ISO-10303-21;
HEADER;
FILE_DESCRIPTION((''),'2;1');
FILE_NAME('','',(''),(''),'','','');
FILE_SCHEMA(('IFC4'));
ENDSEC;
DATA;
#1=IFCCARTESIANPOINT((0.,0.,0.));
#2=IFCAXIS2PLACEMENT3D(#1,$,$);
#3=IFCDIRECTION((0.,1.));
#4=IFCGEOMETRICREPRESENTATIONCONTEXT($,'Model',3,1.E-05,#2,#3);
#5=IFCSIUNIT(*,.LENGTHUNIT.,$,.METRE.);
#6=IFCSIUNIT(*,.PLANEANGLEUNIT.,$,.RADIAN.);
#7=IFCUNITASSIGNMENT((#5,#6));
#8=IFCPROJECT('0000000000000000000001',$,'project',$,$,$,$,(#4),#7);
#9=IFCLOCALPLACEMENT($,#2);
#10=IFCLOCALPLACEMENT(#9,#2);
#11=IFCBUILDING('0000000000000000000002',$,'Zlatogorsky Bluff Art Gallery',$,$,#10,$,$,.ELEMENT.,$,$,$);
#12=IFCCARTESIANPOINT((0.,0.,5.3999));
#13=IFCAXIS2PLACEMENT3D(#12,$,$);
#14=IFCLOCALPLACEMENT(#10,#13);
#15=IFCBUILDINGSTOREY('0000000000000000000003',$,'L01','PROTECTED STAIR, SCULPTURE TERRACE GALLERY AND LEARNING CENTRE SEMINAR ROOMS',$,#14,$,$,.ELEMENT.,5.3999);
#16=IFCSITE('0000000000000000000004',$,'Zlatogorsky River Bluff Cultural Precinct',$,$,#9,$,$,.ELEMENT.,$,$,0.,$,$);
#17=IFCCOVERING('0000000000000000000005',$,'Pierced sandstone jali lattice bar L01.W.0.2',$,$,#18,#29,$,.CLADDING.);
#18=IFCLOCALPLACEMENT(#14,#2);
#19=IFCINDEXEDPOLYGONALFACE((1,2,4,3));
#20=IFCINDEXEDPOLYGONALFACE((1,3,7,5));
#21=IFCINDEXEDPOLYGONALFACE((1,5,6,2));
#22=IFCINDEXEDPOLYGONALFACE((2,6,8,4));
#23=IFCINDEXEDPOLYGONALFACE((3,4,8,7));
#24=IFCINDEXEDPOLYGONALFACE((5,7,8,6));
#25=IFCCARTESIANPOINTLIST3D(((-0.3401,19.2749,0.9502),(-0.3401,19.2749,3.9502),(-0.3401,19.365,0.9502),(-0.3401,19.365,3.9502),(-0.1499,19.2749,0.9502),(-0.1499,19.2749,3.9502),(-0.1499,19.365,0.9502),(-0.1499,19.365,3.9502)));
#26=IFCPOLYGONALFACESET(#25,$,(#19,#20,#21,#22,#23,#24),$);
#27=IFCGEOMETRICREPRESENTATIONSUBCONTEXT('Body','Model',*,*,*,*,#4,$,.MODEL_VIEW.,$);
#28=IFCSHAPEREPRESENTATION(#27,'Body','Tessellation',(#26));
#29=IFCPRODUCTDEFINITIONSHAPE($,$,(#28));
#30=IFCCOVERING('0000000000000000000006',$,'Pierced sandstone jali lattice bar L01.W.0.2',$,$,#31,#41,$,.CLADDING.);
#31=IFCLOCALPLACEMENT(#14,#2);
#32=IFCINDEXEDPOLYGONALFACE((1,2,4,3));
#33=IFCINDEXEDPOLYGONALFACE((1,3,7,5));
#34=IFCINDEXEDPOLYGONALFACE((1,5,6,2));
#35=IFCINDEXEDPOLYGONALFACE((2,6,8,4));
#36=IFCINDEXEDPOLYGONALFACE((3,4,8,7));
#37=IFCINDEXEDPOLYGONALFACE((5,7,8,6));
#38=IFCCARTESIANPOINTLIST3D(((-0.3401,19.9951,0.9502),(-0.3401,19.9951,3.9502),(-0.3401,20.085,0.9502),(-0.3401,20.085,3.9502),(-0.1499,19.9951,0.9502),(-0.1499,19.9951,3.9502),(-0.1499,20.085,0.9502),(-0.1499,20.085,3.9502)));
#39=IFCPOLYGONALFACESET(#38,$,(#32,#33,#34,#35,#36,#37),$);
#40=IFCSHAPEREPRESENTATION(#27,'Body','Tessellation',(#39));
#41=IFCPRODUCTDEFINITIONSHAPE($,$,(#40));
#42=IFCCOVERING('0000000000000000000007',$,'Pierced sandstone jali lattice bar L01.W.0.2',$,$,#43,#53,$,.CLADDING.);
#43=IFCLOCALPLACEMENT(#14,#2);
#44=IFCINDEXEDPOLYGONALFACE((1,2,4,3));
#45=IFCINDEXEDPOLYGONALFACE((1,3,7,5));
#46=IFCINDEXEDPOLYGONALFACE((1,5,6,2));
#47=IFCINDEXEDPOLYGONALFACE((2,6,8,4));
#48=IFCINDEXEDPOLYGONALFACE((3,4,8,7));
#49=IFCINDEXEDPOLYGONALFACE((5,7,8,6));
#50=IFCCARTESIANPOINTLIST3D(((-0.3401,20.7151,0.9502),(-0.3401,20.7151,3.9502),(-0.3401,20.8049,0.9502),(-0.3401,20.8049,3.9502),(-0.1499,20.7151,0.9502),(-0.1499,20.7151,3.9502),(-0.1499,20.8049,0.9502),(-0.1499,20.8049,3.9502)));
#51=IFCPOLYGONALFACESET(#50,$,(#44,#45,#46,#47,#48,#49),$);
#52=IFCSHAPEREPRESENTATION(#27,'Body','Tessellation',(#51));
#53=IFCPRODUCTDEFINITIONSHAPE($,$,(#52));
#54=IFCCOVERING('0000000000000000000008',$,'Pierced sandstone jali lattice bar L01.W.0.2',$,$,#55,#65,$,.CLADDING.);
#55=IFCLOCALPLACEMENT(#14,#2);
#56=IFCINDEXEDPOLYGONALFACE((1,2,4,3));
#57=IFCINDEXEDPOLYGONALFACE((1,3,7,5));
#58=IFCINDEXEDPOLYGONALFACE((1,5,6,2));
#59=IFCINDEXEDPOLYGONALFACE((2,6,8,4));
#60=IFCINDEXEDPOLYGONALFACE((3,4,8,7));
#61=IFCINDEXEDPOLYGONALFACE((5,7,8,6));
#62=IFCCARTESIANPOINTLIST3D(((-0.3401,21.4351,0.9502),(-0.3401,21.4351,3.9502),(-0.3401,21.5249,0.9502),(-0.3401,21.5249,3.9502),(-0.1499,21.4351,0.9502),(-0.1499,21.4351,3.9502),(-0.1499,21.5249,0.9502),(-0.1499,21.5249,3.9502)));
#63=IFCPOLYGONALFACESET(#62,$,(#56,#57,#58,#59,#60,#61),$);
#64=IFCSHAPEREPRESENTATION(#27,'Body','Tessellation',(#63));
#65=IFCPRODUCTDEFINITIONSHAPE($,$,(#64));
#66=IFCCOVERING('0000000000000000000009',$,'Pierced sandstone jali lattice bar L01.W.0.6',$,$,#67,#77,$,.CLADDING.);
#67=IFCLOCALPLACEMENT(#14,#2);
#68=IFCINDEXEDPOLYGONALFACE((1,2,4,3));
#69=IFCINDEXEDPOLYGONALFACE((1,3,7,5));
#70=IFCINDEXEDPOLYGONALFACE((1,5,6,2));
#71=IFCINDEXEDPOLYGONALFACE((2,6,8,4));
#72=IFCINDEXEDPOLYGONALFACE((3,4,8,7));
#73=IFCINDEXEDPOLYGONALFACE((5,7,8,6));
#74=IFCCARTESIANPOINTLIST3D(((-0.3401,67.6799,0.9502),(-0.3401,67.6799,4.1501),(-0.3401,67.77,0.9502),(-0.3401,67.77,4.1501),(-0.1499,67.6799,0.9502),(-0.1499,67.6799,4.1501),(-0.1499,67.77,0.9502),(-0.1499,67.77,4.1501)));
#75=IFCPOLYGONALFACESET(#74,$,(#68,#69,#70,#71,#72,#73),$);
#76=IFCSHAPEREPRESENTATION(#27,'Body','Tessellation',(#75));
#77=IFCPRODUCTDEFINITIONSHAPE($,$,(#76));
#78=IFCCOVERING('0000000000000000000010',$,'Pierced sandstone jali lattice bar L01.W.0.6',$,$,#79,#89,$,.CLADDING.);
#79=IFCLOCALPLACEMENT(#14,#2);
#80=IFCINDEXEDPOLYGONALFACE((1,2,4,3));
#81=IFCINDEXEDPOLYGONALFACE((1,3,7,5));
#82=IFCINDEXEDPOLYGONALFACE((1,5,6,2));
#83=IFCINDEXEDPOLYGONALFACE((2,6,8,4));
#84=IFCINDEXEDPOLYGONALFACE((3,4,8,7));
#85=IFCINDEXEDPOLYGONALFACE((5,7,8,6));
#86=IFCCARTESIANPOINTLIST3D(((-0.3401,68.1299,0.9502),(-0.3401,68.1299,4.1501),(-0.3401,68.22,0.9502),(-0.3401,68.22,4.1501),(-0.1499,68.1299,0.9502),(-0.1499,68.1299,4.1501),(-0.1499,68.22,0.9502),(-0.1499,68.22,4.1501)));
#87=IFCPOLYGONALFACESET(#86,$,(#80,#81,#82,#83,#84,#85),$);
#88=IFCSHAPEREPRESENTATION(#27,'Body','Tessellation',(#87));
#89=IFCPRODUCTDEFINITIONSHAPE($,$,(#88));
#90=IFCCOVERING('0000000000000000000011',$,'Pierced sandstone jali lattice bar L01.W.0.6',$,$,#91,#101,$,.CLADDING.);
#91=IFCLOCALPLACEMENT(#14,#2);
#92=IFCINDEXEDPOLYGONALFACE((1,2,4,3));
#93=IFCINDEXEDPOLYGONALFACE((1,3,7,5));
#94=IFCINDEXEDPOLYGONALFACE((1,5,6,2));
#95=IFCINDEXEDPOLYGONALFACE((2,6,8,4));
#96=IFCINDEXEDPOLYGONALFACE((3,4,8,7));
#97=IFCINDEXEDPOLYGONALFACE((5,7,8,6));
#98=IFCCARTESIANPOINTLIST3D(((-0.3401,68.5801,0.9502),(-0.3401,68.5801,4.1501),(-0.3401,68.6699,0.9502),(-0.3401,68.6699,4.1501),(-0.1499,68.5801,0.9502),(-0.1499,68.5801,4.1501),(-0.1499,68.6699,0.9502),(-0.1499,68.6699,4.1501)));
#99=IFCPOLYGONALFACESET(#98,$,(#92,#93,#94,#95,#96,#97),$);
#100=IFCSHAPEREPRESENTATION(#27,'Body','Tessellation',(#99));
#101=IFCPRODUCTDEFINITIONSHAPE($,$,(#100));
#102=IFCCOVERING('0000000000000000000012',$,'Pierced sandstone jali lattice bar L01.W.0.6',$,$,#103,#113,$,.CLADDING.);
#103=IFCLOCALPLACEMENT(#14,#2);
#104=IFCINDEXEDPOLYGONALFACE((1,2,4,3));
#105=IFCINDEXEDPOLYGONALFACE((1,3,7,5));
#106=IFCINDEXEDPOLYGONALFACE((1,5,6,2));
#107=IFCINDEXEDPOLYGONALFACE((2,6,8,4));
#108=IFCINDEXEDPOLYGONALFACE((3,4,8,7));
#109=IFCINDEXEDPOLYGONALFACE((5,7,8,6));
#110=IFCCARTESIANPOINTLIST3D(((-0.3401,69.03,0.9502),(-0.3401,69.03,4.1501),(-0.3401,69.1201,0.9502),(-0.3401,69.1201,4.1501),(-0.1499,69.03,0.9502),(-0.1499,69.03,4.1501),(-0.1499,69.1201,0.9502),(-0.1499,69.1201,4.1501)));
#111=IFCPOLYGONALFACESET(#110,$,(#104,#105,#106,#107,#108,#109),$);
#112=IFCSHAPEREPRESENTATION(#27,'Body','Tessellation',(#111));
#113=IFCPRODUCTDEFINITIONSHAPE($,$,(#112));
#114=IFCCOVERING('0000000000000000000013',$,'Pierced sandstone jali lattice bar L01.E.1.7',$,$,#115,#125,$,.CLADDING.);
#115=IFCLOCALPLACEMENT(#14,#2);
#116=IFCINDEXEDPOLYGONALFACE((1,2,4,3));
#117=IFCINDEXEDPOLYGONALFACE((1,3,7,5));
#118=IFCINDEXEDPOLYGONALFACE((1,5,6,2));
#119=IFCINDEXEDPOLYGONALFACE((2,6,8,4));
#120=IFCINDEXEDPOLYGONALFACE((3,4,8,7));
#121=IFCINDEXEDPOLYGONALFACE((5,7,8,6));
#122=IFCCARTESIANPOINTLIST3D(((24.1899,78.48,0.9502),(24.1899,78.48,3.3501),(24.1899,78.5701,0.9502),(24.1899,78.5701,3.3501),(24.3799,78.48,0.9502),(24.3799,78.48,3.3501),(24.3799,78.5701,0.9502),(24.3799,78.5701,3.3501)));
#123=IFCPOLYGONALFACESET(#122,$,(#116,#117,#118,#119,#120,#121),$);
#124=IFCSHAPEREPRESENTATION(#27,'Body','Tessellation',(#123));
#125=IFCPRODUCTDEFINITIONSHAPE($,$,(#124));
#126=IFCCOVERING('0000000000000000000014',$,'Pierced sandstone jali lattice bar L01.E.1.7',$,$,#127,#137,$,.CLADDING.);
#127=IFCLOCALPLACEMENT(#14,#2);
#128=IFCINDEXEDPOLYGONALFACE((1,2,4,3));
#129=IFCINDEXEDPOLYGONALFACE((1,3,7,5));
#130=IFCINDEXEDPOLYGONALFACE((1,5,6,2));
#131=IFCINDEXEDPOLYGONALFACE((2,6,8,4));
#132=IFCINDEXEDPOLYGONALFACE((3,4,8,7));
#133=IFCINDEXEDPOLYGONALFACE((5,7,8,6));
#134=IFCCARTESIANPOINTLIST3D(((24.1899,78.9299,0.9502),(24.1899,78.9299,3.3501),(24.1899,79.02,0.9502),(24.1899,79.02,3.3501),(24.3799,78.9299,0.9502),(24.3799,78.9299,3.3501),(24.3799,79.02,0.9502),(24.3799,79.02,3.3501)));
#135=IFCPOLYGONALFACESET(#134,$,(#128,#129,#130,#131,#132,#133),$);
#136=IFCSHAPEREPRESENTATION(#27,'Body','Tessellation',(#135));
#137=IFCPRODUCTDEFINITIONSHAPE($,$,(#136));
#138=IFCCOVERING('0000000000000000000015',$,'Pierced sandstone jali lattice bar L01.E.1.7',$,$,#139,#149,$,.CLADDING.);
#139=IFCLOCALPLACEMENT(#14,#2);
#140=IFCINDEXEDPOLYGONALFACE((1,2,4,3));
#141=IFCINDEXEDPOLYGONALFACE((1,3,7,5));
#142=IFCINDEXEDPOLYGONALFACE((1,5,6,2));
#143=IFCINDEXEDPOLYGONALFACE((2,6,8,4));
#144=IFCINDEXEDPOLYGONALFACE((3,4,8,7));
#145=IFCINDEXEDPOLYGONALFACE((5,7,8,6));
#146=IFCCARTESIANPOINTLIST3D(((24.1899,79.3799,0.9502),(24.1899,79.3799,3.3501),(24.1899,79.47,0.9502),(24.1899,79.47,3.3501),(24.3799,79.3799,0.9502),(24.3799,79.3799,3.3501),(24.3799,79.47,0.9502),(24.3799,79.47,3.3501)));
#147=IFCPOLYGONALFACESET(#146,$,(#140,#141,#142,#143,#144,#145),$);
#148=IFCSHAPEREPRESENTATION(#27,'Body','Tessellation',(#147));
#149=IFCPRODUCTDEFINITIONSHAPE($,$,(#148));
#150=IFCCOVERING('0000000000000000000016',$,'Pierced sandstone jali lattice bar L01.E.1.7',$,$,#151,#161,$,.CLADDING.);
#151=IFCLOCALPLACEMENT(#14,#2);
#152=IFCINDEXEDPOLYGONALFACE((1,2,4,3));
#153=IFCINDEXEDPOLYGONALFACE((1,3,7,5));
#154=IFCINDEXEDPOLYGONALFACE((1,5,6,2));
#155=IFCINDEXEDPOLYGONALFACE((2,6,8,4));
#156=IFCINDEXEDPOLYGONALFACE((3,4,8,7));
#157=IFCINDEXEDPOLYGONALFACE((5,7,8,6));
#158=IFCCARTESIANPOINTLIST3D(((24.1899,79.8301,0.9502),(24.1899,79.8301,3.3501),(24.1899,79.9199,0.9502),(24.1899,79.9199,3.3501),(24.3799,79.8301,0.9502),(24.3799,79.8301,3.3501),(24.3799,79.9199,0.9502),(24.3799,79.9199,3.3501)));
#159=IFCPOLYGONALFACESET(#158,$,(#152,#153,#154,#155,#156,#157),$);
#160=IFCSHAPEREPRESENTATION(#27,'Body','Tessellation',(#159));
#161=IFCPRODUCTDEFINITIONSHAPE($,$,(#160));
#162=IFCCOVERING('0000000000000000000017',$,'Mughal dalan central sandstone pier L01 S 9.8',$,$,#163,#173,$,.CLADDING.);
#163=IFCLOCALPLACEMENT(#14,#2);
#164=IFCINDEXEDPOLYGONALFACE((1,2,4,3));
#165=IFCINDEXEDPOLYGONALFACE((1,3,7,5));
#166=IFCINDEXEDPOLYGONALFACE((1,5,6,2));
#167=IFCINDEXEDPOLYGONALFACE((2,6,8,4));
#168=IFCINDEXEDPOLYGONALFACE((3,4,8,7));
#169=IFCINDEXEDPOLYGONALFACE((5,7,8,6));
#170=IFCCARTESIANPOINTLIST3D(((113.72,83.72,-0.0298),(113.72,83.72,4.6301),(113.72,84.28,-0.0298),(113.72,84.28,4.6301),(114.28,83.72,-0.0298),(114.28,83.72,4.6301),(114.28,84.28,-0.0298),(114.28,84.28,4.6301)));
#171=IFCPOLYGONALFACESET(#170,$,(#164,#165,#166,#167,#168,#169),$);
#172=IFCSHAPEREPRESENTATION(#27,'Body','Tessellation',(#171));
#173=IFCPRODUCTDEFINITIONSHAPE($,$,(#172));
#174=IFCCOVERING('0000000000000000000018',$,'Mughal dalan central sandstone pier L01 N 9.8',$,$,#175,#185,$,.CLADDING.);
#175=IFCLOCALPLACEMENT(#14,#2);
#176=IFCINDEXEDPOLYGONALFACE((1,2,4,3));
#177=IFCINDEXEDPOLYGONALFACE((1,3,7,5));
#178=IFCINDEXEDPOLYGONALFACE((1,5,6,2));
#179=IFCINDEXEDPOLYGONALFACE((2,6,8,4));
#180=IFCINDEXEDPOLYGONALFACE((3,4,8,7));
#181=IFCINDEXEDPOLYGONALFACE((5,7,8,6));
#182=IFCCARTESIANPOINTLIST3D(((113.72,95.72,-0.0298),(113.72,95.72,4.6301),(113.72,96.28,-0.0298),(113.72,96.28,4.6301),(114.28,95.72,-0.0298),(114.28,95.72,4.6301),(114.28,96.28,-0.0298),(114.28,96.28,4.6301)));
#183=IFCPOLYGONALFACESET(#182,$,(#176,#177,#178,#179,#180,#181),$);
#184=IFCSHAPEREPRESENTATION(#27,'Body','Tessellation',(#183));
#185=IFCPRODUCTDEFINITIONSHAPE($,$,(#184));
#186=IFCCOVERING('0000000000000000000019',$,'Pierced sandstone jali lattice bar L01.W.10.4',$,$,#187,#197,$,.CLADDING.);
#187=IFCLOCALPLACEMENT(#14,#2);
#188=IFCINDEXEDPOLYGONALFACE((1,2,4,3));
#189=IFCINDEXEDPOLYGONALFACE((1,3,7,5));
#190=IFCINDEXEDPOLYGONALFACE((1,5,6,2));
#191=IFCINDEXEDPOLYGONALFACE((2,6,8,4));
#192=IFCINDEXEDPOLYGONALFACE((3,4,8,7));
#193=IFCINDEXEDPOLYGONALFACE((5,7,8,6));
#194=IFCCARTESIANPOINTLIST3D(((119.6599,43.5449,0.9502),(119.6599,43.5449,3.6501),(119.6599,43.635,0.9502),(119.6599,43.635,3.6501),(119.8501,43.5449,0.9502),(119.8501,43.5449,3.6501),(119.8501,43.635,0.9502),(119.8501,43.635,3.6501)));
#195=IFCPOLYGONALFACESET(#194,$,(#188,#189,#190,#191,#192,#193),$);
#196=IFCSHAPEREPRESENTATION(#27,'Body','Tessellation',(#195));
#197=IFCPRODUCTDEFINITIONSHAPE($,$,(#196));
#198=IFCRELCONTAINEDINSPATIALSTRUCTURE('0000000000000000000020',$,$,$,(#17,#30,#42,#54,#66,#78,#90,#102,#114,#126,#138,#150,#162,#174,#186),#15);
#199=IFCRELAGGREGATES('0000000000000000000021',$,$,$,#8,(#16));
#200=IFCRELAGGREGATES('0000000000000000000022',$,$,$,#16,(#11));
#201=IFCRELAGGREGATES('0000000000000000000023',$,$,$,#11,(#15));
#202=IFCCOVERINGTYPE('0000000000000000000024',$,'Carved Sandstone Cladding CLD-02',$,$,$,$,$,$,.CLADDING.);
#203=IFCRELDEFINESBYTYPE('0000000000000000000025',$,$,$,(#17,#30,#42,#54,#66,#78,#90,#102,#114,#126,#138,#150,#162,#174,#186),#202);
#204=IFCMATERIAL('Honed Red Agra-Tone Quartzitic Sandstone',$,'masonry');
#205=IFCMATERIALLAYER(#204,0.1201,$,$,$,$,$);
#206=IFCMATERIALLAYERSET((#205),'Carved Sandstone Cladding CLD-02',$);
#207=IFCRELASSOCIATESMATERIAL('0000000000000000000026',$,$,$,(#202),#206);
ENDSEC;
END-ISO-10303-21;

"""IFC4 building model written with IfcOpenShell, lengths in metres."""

from ifc_helpers import new_model, si_unit, direction, frame, origin, place, context, subcontext, project, spatial, polyline, outline, extrude, material, layer, layer_set, type_object, element, save


model = new_model("IFC4")

# Units and contexts
model_context = context("Model", 3, precision=1e-05, world=origin(), true_north=direction((0.0, 1.0)))
body_context = subcontext(model_context, "Body", "Model", "MODEL_VIEW")
ifc_project = project(units=[si_unit("LENGTHUNIT", "METRE"), si_unit("PLANEANGLEUNIT", "RADIAN")], contexts=[model_context])

# Site, building, storey
site_placement = place(None, origin())
site = spatial("IfcSite", under=ifc_project, at=site_placement, Name="Zlatogorsky River Bluff Cultural Precinct", CompositionType="ELEMENT", RefElevation=0.0)
building_placement = place(site_placement, origin())
building = spatial("IfcBuilding", under=site, at=building_placement, Name="Zlatogorsky Bluff Art Gallery", CompositionType="ELEMENT")
storey_placement = place(building_placement, frame((0.0, 0.0, 5.3999)))
storey = spatial("IfcBuildingStorey", under=building, at=storey_placement, Name="L01", Description="PROTECTED STAIR, SCULPTURE TERRACE GALLERY AND LEARNING CENTRE SEMINAR ROOMS", CompositionType="ELEMENT", Elevation=5.3999)

# Coverings
ifc_material = material(Name="Honed Red Agra-Tone Quartzitic Sandstone", Category="masonry")
ifc_layer = layer(ifc_material, 0.1201)
ifc_layer_set = layer_set([ifc_layer], Name="Carved Sandstone Cladding CLD-02")
covering_type = type_object("IfcCoveringType", Name="Carved Sandstone Cladding CLD-02", PredefinedType="CLADDING", material=ifc_layer_set)
covering_1_placement = place(storey_placement, frame((0.0, 0.0, 0.9502)))
element("IfcCovering", 1, at=covering_1_placement, inside=storey, type_object=covering_type, Name="Pierced sandstone jali lattice bar L01.W.0.2", PredefinedType="CLADDING", context=body_context, shape_type="SweptSolid", body=[
    extrude(outline(polyline([(-0.3401, 19.2749), (-0.3401, 19.365), (-0.1499, 19.365), (-0.1499, 19.2749), (-0.3401, 19.2749)])), origin(), (0.0, 0.0, 1.0), 3.0),
])
covering_2_placement = place(storey_placement, frame((0.0, 0.0, 0.9502)))
element("IfcCovering", 2, at=covering_2_placement, inside=storey, type_object=covering_type, Name="Pierced sandstone jali lattice bar L01.W.0.2", PredefinedType="CLADDING", context=body_context, shape_type="SweptSolid", body=[
    extrude(outline(polyline([(-0.3401, 19.9951), (-0.3401, 20.085), (-0.1499, 20.085), (-0.1499, 19.9951), (-0.3401, 19.9951)])), origin(), (0.0, 0.0, 1.0), 3.0),
])
covering_3_placement = place(storey_placement, frame((0.0, 0.0, 0.9502)))
element("IfcCovering", 3, at=covering_3_placement, inside=storey, type_object=covering_type, Name="Pierced sandstone jali lattice bar L01.W.0.2", PredefinedType="CLADDING", context=body_context, shape_type="SweptSolid", body=[
    extrude(outline(polyline([(-0.3401, 20.7151), (-0.3401, 20.8049), (-0.1499, 20.8049), (-0.1499, 20.7151), (-0.3401, 20.7151)])), origin(), (0.0, 0.0, 1.0), 3.0),
])
covering_4_placement = place(storey_placement, frame((0.0, 0.0, 0.9502)))
element("IfcCovering", 4, at=covering_4_placement, inside=storey, type_object=covering_type, Name="Pierced sandstone jali lattice bar L01.W.0.2", PredefinedType="CLADDING", context=body_context, shape_type="SweptSolid", body=[
    extrude(outline(polyline([(-0.3401, 21.4351), (-0.3401, 21.5249), (-0.1499, 21.5249), (-0.1499, 21.4351), (-0.3401, 21.4351)])), origin(), (0.0, 0.0, 1.0), 3.0),
])
covering_5_placement = place(storey_placement, frame((0.0, 0.0, 0.9502)))
element("IfcCovering", 5, at=covering_5_placement, inside=storey, type_object=covering_type, Name="Pierced sandstone jali lattice bar L01.W.0.6", PredefinedType="CLADDING", context=body_context, shape_type="SweptSolid", body=[
    extrude(outline(polyline([(-0.3401, 67.6799), (-0.3401, 67.77), (-0.1499, 67.77), (-0.1499, 67.6799), (-0.3401, 67.6799)])), origin(), (0.0, 0.0, 1.0), 3.2),
])
covering_6_placement = place(storey_placement, frame((0.0, 0.0, 0.9502)))
element("IfcCovering", 6, at=covering_6_placement, inside=storey, type_object=covering_type, Name="Pierced sandstone jali lattice bar L01.W.0.6", PredefinedType="CLADDING", context=body_context, shape_type="SweptSolid", body=[
    extrude(outline(polyline([(-0.3401, 68.1299), (-0.3401, 68.22), (-0.1499, 68.22), (-0.1499, 68.1299), (-0.3401, 68.1299)])), origin(), (0.0, 0.0, 1.0), 3.2),
])
covering_7_placement = place(storey_placement, frame((0.0, 0.0, 0.9502)))
element("IfcCovering", 7, at=covering_7_placement, inside=storey, type_object=covering_type, Name="Pierced sandstone jali lattice bar L01.W.0.6", PredefinedType="CLADDING", context=body_context, shape_type="SweptSolid", body=[
    extrude(outline(polyline([(-0.3401, 68.5801), (-0.3401, 68.6699), (-0.1499, 68.6699), (-0.1499, 68.5801), (-0.3401, 68.5801)])), origin(), (0.0, 0.0, 1.0), 3.2),
])
covering_8_placement = place(storey_placement, frame((0.0, 0.0, 0.9502)))
element("IfcCovering", 8, at=covering_8_placement, inside=storey, type_object=covering_type, Name="Pierced sandstone jali lattice bar L01.W.0.6", PredefinedType="CLADDING", context=body_context, shape_type="SweptSolid", body=[
    extrude(outline(polyline([(-0.3401, 69.03), (-0.3401, 69.1201), (-0.1499, 69.1201), (-0.1499, 69.03), (-0.3401, 69.03)])), origin(), (0.0, 0.0, 1.0), 3.2),
])
covering_9_placement = place(storey_placement, frame((0.0, 0.0, 0.9502)))
element("IfcCovering", 9, at=covering_9_placement, inside=storey, type_object=covering_type, Name="Pierced sandstone jali lattice bar L01.E.1.7", PredefinedType="CLADDING", context=body_context, shape_type="SweptSolid", body=[
    extrude(outline(polyline([(24.1899, 78.48), (24.1899, 78.5701), (24.3799, 78.5701), (24.3799, 78.48), (24.1899, 78.48)])), origin(), (0.0, 0.0, 1.0), 2.3999),
])
covering_10_placement = place(storey_placement, frame((0.0, 0.0, 0.9502)))
element("IfcCovering", 10, at=covering_10_placement, inside=storey, type_object=covering_type, Name="Pierced sandstone jali lattice bar L01.E.1.7", PredefinedType="CLADDING", context=body_context, shape_type="SweptSolid", body=[
    extrude(outline(polyline([(24.1899, 78.9299), (24.1899, 79.02), (24.3799, 79.02), (24.3799, 78.9299), (24.1899, 78.9299)])), origin(), (0.0, 0.0, 1.0), 2.3999),
])
covering_11_placement = place(storey_placement, frame((0.0, 0.0, 0.9502)))
element("IfcCovering", 11, at=covering_11_placement, inside=storey, type_object=covering_type, Name="Pierced sandstone jali lattice bar L01.E.1.7", PredefinedType="CLADDING", context=body_context, shape_type="SweptSolid", body=[
    extrude(outline(polyline([(24.1899, 79.3799), (24.1899, 79.47), (24.3799, 79.47), (24.3799, 79.3799), (24.1899, 79.3799)])), origin(), (0.0, 0.0, 1.0), 2.3999),
])
covering_12_placement = place(storey_placement, frame((0.0, 0.0, 0.9502)))
element("IfcCovering", 12, at=covering_12_placement, inside=storey, type_object=covering_type, Name="Pierced sandstone jali lattice bar L01.E.1.7", PredefinedType="CLADDING", context=body_context, shape_type="SweptSolid", body=[
    extrude(outline(polyline([(24.1899, 79.8301), (24.1899, 79.9199), (24.3799, 79.9199), (24.3799, 79.8301), (24.1899, 79.8301)])), origin(), (0.0, 0.0, 1.0), 2.3999),
])
covering_13_placement = place(storey_placement, frame((0.0, 0.0, -0.0298)))
element("IfcCovering", 13, at=covering_13_placement, inside=storey, type_object=covering_type, Name="Mughal dalan central sandstone pier L01 S 9.8", PredefinedType="CLADDING", context=body_context, shape_type="SweptSolid", body=[
    extrude(outline(polyline([(113.72, 83.72), (114.28, 83.72), (114.28, 84.28), (113.72, 84.28), (113.72, 83.72)])), origin(), (0.0, 0.0, 1.0), 4.6599),
])
covering_14_placement = place(storey_placement, frame((0.0, 0.0, -0.0298)))
element("IfcCovering", 14, at=covering_14_placement, inside=storey, type_object=covering_type, Name="Mughal dalan central sandstone pier L01 N 9.8", PredefinedType="CLADDING", context=body_context, shape_type="SweptSolid", body=[
    extrude(outline(polyline([(113.72, 95.72), (114.28, 95.72), (114.28, 96.28), (113.72, 96.28), (113.72, 95.72)])), origin(), (0.0, 0.0, 1.0), 4.6599),
])
covering_15_placement = place(storey_placement, frame((0.0, 0.0, 0.9502)))
element("IfcCovering", 15, at=covering_15_placement, inside=storey, type_object=covering_type, Name="Pierced sandstone jali lattice bar L01.W.10.4", PredefinedType="CLADDING", context=body_context, shape_type="SweptSolid", body=[
    extrude(outline(polyline([(119.6599, 43.5449), (119.6599, 43.635), (119.8501, 43.635), (119.8501, 43.5449), (119.6599, 43.5449)])), origin(), (0.0, 0.0, 1.0), 2.7),
])

save(model, "model.ifc")
